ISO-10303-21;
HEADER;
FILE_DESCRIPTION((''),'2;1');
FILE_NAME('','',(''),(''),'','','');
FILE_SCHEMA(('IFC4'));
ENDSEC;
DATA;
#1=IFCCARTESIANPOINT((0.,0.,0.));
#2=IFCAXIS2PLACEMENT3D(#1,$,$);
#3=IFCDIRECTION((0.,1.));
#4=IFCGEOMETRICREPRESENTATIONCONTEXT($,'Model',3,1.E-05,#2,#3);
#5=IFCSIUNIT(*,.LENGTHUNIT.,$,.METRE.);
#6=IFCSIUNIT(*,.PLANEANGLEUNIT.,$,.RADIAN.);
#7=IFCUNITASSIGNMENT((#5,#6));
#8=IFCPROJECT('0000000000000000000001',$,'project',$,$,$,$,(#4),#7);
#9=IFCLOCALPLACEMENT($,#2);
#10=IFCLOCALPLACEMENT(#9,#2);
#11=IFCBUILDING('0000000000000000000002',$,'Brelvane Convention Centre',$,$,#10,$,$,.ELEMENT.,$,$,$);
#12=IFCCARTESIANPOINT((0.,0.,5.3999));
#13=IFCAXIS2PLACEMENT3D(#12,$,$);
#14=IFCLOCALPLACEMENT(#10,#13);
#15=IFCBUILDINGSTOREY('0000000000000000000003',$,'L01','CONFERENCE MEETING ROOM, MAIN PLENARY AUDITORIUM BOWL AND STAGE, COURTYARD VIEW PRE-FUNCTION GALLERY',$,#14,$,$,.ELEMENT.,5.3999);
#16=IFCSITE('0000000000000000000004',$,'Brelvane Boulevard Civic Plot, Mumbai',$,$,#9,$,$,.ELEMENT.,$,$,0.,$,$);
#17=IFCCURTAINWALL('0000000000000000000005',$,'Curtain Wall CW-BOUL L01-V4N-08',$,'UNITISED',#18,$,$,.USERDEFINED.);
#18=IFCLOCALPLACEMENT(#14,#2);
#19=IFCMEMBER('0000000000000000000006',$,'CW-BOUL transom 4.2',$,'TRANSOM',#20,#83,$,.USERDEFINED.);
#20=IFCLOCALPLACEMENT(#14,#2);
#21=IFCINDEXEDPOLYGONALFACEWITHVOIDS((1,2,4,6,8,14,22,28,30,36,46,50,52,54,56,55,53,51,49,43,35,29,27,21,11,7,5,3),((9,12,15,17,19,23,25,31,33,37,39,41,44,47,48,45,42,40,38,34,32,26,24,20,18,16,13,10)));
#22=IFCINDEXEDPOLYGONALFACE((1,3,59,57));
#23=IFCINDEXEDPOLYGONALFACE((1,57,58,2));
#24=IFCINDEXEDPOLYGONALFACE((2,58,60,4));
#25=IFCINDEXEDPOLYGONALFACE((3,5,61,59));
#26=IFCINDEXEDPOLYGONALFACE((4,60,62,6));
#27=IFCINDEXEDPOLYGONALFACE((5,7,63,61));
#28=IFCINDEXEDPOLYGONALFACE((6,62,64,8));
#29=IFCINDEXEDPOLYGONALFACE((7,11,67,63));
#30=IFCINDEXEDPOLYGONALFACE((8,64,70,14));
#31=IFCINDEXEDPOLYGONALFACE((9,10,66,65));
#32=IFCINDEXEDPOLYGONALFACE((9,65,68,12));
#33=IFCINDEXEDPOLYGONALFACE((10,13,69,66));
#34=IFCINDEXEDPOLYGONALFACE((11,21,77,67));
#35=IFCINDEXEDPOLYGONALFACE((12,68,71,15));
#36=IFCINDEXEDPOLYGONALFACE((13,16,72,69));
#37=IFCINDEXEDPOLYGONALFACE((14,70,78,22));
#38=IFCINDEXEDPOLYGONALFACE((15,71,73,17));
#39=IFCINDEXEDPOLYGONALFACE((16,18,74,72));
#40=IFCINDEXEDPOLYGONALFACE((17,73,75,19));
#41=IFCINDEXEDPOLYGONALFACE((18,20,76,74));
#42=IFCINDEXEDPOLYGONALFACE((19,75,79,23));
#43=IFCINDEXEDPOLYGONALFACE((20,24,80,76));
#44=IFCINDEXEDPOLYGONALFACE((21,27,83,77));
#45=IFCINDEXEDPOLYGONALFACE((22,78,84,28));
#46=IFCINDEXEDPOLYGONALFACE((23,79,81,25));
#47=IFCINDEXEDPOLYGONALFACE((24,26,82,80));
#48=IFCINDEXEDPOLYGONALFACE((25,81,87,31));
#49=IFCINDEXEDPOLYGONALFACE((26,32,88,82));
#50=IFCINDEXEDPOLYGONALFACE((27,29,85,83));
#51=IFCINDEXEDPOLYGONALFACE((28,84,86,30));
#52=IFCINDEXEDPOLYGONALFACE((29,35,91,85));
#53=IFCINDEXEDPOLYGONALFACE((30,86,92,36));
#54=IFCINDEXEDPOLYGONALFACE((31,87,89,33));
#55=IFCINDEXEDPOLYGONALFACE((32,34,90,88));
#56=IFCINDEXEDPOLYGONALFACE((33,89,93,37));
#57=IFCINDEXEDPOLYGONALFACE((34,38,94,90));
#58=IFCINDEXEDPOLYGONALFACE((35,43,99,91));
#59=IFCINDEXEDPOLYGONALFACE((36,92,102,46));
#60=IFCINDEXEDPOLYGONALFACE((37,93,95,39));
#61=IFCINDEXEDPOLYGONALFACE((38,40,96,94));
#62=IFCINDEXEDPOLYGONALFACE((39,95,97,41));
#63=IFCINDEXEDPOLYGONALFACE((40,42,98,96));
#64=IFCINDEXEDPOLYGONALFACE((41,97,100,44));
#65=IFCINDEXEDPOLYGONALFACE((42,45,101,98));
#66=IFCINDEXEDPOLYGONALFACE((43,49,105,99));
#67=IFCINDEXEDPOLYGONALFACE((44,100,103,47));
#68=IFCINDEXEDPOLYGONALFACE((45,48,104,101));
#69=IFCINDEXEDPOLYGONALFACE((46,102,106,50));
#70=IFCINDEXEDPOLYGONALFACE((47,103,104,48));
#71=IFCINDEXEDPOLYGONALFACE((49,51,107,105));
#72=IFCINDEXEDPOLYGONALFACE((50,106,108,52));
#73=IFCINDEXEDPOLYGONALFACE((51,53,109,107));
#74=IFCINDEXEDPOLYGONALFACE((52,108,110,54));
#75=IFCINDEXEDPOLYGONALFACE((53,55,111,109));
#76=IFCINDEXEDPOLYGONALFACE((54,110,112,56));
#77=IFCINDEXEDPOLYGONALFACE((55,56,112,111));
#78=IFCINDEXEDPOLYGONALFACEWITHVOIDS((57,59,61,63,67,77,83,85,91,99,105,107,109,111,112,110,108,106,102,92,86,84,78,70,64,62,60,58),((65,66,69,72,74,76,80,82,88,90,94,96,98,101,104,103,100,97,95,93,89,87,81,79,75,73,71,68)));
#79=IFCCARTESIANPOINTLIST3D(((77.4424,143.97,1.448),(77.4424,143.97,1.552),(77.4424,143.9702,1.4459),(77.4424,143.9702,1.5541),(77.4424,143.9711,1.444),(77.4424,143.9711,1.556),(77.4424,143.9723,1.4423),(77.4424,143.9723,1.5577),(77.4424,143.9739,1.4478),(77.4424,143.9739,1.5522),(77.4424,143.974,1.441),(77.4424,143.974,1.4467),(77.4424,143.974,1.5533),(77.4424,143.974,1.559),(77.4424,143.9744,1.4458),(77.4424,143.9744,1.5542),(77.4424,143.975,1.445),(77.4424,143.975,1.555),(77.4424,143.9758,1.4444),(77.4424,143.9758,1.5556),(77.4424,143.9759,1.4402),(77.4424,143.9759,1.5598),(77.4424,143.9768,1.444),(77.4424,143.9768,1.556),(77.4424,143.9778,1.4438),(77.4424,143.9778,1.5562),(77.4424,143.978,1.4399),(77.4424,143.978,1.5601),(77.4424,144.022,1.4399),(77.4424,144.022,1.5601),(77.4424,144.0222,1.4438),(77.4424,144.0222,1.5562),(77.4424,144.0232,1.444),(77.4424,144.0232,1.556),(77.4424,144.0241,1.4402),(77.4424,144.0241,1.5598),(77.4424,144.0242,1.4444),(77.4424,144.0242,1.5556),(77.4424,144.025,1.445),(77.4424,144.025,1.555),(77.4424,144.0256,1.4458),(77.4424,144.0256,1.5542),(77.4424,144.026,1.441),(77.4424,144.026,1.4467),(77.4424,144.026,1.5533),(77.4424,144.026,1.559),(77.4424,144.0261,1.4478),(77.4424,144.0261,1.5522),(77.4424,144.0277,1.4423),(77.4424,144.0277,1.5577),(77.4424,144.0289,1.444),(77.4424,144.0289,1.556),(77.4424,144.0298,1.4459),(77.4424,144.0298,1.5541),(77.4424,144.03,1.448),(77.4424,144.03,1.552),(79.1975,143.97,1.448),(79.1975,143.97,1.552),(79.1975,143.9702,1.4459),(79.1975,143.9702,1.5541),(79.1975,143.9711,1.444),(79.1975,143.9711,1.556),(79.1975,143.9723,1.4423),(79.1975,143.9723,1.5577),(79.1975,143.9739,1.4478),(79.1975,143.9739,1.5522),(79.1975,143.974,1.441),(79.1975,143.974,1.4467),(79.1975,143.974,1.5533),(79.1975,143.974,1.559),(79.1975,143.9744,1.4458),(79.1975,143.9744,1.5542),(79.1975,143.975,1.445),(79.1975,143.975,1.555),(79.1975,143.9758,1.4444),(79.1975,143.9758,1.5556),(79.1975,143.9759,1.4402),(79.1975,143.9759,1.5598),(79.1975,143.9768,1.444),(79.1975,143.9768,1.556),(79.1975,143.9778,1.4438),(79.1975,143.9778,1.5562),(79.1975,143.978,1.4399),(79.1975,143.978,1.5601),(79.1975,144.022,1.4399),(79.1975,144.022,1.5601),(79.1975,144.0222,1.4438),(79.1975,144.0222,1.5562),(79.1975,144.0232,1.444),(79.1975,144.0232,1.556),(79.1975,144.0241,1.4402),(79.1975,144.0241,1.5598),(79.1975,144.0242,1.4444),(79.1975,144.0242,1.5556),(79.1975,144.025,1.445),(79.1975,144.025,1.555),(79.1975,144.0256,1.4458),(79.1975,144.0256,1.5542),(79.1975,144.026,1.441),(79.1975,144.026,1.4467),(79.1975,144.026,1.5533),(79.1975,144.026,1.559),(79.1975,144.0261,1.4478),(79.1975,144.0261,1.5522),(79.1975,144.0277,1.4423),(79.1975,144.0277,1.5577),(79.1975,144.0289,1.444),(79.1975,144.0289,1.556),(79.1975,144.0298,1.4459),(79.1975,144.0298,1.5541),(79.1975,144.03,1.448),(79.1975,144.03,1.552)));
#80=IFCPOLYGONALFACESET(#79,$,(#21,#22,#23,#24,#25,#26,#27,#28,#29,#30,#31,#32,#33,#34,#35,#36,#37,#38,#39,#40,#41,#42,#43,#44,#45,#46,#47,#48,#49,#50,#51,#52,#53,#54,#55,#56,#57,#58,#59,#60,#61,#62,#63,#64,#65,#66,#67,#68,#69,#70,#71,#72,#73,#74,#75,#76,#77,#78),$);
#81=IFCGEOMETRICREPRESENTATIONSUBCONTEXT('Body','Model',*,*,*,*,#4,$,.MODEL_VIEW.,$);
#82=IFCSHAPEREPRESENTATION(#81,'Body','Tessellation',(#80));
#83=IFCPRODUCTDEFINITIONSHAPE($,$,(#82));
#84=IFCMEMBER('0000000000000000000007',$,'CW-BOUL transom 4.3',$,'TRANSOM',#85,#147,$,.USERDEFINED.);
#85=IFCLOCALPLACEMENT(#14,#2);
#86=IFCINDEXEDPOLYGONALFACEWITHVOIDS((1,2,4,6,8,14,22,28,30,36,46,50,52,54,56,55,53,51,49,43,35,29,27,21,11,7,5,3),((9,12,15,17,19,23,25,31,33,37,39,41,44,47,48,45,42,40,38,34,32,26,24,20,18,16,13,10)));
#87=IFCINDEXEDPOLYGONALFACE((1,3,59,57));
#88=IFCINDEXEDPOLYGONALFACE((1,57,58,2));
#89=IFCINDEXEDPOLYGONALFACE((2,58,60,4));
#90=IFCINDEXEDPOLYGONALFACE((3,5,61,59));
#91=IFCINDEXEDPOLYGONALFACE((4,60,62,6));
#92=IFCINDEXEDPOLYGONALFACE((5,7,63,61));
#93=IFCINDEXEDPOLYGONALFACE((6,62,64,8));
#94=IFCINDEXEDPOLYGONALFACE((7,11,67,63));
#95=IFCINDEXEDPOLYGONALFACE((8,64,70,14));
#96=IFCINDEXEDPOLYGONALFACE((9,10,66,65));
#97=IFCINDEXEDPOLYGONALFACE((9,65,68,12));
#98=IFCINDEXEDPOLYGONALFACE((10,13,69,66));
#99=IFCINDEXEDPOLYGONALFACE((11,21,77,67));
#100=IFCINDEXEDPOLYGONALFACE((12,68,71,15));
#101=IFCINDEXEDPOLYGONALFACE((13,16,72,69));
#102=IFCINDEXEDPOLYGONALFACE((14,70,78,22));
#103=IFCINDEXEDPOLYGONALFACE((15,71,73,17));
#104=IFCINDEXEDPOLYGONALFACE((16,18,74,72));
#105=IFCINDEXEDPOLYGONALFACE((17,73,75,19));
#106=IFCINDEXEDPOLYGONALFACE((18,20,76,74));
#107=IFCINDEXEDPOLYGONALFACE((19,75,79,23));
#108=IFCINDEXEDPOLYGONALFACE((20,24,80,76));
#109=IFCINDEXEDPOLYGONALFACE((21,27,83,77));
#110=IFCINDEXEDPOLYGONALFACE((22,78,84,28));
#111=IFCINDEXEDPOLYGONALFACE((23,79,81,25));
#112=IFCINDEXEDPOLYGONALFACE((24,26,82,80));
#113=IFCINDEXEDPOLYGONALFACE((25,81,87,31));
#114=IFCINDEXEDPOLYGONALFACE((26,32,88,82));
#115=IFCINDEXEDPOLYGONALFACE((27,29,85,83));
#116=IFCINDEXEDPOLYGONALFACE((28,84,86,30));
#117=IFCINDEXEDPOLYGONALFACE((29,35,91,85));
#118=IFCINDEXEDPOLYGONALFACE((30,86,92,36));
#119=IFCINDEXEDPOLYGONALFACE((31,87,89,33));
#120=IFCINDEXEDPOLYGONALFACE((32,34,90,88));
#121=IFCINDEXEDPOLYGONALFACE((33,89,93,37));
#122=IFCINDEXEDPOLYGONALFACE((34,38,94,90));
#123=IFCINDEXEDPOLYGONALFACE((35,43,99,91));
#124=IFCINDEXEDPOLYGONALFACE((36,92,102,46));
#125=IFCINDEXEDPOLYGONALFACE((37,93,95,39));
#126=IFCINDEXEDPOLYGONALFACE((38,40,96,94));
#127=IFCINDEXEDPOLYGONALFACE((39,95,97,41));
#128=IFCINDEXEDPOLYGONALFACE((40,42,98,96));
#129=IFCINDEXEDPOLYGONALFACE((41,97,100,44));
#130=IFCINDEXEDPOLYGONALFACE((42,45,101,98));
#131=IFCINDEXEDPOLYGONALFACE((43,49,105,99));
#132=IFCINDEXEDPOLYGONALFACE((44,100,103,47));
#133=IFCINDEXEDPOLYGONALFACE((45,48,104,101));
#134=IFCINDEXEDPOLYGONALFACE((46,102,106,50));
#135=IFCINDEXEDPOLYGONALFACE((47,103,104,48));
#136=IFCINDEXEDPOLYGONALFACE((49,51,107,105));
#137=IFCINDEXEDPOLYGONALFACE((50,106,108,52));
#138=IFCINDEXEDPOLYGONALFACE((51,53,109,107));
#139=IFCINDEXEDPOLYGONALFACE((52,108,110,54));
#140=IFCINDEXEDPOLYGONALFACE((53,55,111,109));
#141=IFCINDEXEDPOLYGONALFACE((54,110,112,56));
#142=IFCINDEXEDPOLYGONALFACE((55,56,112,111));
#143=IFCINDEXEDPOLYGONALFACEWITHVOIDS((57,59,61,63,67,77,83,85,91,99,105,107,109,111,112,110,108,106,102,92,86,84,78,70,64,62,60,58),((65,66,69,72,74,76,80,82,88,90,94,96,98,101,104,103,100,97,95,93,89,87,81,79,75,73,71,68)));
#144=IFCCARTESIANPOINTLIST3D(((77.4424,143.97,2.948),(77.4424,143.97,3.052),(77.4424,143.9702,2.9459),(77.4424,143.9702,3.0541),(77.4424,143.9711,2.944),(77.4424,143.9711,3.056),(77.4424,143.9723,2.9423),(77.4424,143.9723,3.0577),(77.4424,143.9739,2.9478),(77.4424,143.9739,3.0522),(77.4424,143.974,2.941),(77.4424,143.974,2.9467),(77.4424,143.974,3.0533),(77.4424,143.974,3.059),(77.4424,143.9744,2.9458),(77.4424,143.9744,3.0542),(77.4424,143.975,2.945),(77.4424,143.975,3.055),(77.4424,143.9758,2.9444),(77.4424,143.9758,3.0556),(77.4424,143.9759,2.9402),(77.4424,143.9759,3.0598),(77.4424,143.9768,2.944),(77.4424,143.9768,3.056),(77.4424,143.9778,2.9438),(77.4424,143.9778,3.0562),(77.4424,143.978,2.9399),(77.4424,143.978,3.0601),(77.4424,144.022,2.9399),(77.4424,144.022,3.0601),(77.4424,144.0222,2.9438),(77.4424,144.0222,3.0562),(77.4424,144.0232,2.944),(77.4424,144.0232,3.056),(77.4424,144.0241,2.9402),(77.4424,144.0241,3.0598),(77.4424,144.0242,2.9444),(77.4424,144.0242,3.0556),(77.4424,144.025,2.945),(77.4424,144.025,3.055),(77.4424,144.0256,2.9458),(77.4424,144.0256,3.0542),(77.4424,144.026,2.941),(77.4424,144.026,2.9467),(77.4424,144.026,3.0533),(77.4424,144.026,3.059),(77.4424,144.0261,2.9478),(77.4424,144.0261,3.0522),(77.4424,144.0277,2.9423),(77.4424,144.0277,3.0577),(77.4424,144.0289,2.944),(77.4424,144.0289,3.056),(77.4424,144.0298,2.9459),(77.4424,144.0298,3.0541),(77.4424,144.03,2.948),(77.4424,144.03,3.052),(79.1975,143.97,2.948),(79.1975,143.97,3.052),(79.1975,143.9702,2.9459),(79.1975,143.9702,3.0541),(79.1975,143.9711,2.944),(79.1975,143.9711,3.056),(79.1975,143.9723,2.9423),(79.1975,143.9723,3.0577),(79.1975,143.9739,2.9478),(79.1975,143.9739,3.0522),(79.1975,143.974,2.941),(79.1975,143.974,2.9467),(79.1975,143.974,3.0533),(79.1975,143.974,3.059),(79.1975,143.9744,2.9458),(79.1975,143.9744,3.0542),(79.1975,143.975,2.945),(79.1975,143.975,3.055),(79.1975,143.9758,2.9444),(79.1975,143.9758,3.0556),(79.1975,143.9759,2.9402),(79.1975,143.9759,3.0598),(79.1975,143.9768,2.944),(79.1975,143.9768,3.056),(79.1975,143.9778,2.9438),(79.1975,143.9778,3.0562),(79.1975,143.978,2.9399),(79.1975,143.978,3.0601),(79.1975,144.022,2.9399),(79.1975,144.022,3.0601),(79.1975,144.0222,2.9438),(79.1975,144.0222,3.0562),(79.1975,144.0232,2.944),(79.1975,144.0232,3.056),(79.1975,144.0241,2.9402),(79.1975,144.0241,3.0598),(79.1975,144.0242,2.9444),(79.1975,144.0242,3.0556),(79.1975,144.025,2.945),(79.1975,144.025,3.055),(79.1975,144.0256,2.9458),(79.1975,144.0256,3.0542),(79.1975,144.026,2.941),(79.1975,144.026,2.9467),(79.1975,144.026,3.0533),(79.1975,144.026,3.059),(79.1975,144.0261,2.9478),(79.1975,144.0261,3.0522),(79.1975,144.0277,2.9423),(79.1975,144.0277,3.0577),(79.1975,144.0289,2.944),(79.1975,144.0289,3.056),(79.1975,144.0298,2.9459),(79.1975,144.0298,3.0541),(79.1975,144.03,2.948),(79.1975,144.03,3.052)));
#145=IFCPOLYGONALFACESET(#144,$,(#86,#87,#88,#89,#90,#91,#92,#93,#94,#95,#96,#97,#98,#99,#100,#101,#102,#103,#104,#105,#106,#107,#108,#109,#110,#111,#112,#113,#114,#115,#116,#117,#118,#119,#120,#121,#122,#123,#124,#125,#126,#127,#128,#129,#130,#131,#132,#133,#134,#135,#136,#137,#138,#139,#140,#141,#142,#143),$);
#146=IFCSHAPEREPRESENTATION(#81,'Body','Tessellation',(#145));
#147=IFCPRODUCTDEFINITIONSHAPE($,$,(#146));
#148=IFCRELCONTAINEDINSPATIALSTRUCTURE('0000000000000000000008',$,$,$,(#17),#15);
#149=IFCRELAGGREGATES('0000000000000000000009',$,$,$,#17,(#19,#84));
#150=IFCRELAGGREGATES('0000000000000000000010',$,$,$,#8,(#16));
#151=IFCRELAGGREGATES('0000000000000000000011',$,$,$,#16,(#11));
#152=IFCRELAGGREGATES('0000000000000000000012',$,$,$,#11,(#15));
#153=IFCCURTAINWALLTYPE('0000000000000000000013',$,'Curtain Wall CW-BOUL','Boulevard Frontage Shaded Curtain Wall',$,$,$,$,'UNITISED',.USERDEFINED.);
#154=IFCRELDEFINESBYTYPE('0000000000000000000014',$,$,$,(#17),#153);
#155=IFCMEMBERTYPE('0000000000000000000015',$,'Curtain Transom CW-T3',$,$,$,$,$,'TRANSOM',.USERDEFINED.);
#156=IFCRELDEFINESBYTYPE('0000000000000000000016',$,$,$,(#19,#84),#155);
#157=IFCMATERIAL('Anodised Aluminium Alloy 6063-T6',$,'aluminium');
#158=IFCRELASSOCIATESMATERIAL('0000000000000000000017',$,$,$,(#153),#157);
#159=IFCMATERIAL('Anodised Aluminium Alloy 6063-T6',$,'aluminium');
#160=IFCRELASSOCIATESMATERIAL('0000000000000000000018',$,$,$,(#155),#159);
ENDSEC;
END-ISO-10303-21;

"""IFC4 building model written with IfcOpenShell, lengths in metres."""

from ifc_helpers import new_model, si_unit, direction, frame, origin, origin_2d, place, context, subcontext, project, spatial, hollow_rectangle, extrude, material, material_profile, profile_set, type_object, element, aggregate, save


model = new_model("IFC4")

# Units and contexts
model_context = context("Model", 3, precision=1e-05, world=origin(), true_north=direction((0.0, 1.0)))
body_context = subcontext(model_context, "Body", "Model", "MODEL_VIEW")
ifc_project = project(units=[si_unit("LENGTHUNIT", "METRE"), si_unit("PLANEANGLEUNIT", "RADIAN")], contexts=[model_context])

# Site, building, storey
site_placement = place(None, origin())
site = spatial("IfcSite", under=ifc_project, at=site_placement, Name="Brelvane Boulevard Civic Plot, Mumbai", CompositionType="ELEMENT", RefElevation=0.0)
building_placement = place(site_placement, origin())
building = spatial("IfcBuilding", under=site, at=building_placement, Name="Brelvane Convention Centre", CompositionType="ELEMENT")
storey_placement = place(building_placement, frame((0.0, 0.0, 5.3999)))
storey = spatial("IfcBuildingStorey", under=building, at=storey_placement, Name="L01", Description="CONFERENCE MEETING ROOM, MAIN PLENARY AUDITORIUM BOWL AND STAGE, COURTYARD VIEW PRE-FUNCTION GALLERY", CompositionType="ELEMENT", Elevation=5.3999)

# Curtain wall, members
ifc_material_1 = material(Name="Anodised Aluminium Alloy 6063-T6", Category="aluminium")
curtain_wall_type = type_object("IfcCurtainWallType", Name="Curtain Wall CW-BOUL", Description="Boulevard Frontage Shaded Curtain Wall", ElementType="UNITISED", PredefinedType="USERDEFINED", material=ifc_material_1)
curtain_wall_placement = place(storey_placement, origin())
curtain_wall = element("IfcCurtainWall", 1, at=curtain_wall_placement, inside=storey, type_object=curtain_wall_type, Name="Curtain Wall CW-BOUL L01-V4N-08", ObjectType="UNITISED", PredefinedType="USERDEFINED")
ifc_material_2 = material(Name="Anodised Aluminium Alloy 6063-T6", Category="aluminium")
ifc_material_profile_1 = material_profile(ifc_material_2, hollow_rectangle(XDim=0.0601, YDim=0.1201, WallThickness=0.0039, InnerFilletRadius=0.0039, OuterFilletRadius=0.0081, at=origin_2d()), Name="ALU-T 120x60x4.0")
ifc_profile_set_1 = profile_set([ifc_material_profile_1], Name="Anodised Aluminium Alloy 6063-T6")
member_type_1 = type_object("IfcMemberType", Name="Curtain Transom CW-T3", ElementType="TRANSOM", PredefinedType="USERDEFINED", material=ifc_profile_set_1)
member_1_placement = place(storey_placement, frame((77.4424, 144.0, 1.5), z_axis=(1.0, 0.0, 0.0), x_axis=(0.0, 1.0, 0.0)))
member_1 = element("IfcMember", 2, at=member_1_placement, type_object=member_type_1, Name="CW-BOUL transom 4.2", ObjectType="TRANSOM", PredefinedType="USERDEFINED", context=body_context, shape_type="SweptSolid", body=[
    extrude(hollow_rectangle(XDim=0.0601, YDim=0.1201, WallThickness=0.0039, InnerFilletRadius=0.0039, OuterFilletRadius=0.0081, at=origin_2d()), origin(), (0.0, 0.0, 1.0), 1.7551),
])
member_2_placement = place(storey_placement, frame((77.4424, 144.0, 3.0), z_axis=(1.0, 0.0, 0.0), x_axis=(0.0, 1.0, 0.0)))
member_2 = element("IfcMember", 3, at=member_2_placement, type_object=member_type_1, Name="CW-BOUL transom 4.3", ObjectType="TRANSOM", PredefinedType="USERDEFINED", context=body_context, shape_type="SweptSolid", body=[
    extrude(hollow_rectangle(XDim=0.0601, YDim=0.1201, WallThickness=0.0039, InnerFilletRadius=0.0039, OuterFilletRadius=0.0081, at=origin_2d()), origin(), (0.0, 0.0, 1.0), 1.7551),
])

aggregate(curtain_wall, [member_1, member_2])

save(model, "model.ifc")
